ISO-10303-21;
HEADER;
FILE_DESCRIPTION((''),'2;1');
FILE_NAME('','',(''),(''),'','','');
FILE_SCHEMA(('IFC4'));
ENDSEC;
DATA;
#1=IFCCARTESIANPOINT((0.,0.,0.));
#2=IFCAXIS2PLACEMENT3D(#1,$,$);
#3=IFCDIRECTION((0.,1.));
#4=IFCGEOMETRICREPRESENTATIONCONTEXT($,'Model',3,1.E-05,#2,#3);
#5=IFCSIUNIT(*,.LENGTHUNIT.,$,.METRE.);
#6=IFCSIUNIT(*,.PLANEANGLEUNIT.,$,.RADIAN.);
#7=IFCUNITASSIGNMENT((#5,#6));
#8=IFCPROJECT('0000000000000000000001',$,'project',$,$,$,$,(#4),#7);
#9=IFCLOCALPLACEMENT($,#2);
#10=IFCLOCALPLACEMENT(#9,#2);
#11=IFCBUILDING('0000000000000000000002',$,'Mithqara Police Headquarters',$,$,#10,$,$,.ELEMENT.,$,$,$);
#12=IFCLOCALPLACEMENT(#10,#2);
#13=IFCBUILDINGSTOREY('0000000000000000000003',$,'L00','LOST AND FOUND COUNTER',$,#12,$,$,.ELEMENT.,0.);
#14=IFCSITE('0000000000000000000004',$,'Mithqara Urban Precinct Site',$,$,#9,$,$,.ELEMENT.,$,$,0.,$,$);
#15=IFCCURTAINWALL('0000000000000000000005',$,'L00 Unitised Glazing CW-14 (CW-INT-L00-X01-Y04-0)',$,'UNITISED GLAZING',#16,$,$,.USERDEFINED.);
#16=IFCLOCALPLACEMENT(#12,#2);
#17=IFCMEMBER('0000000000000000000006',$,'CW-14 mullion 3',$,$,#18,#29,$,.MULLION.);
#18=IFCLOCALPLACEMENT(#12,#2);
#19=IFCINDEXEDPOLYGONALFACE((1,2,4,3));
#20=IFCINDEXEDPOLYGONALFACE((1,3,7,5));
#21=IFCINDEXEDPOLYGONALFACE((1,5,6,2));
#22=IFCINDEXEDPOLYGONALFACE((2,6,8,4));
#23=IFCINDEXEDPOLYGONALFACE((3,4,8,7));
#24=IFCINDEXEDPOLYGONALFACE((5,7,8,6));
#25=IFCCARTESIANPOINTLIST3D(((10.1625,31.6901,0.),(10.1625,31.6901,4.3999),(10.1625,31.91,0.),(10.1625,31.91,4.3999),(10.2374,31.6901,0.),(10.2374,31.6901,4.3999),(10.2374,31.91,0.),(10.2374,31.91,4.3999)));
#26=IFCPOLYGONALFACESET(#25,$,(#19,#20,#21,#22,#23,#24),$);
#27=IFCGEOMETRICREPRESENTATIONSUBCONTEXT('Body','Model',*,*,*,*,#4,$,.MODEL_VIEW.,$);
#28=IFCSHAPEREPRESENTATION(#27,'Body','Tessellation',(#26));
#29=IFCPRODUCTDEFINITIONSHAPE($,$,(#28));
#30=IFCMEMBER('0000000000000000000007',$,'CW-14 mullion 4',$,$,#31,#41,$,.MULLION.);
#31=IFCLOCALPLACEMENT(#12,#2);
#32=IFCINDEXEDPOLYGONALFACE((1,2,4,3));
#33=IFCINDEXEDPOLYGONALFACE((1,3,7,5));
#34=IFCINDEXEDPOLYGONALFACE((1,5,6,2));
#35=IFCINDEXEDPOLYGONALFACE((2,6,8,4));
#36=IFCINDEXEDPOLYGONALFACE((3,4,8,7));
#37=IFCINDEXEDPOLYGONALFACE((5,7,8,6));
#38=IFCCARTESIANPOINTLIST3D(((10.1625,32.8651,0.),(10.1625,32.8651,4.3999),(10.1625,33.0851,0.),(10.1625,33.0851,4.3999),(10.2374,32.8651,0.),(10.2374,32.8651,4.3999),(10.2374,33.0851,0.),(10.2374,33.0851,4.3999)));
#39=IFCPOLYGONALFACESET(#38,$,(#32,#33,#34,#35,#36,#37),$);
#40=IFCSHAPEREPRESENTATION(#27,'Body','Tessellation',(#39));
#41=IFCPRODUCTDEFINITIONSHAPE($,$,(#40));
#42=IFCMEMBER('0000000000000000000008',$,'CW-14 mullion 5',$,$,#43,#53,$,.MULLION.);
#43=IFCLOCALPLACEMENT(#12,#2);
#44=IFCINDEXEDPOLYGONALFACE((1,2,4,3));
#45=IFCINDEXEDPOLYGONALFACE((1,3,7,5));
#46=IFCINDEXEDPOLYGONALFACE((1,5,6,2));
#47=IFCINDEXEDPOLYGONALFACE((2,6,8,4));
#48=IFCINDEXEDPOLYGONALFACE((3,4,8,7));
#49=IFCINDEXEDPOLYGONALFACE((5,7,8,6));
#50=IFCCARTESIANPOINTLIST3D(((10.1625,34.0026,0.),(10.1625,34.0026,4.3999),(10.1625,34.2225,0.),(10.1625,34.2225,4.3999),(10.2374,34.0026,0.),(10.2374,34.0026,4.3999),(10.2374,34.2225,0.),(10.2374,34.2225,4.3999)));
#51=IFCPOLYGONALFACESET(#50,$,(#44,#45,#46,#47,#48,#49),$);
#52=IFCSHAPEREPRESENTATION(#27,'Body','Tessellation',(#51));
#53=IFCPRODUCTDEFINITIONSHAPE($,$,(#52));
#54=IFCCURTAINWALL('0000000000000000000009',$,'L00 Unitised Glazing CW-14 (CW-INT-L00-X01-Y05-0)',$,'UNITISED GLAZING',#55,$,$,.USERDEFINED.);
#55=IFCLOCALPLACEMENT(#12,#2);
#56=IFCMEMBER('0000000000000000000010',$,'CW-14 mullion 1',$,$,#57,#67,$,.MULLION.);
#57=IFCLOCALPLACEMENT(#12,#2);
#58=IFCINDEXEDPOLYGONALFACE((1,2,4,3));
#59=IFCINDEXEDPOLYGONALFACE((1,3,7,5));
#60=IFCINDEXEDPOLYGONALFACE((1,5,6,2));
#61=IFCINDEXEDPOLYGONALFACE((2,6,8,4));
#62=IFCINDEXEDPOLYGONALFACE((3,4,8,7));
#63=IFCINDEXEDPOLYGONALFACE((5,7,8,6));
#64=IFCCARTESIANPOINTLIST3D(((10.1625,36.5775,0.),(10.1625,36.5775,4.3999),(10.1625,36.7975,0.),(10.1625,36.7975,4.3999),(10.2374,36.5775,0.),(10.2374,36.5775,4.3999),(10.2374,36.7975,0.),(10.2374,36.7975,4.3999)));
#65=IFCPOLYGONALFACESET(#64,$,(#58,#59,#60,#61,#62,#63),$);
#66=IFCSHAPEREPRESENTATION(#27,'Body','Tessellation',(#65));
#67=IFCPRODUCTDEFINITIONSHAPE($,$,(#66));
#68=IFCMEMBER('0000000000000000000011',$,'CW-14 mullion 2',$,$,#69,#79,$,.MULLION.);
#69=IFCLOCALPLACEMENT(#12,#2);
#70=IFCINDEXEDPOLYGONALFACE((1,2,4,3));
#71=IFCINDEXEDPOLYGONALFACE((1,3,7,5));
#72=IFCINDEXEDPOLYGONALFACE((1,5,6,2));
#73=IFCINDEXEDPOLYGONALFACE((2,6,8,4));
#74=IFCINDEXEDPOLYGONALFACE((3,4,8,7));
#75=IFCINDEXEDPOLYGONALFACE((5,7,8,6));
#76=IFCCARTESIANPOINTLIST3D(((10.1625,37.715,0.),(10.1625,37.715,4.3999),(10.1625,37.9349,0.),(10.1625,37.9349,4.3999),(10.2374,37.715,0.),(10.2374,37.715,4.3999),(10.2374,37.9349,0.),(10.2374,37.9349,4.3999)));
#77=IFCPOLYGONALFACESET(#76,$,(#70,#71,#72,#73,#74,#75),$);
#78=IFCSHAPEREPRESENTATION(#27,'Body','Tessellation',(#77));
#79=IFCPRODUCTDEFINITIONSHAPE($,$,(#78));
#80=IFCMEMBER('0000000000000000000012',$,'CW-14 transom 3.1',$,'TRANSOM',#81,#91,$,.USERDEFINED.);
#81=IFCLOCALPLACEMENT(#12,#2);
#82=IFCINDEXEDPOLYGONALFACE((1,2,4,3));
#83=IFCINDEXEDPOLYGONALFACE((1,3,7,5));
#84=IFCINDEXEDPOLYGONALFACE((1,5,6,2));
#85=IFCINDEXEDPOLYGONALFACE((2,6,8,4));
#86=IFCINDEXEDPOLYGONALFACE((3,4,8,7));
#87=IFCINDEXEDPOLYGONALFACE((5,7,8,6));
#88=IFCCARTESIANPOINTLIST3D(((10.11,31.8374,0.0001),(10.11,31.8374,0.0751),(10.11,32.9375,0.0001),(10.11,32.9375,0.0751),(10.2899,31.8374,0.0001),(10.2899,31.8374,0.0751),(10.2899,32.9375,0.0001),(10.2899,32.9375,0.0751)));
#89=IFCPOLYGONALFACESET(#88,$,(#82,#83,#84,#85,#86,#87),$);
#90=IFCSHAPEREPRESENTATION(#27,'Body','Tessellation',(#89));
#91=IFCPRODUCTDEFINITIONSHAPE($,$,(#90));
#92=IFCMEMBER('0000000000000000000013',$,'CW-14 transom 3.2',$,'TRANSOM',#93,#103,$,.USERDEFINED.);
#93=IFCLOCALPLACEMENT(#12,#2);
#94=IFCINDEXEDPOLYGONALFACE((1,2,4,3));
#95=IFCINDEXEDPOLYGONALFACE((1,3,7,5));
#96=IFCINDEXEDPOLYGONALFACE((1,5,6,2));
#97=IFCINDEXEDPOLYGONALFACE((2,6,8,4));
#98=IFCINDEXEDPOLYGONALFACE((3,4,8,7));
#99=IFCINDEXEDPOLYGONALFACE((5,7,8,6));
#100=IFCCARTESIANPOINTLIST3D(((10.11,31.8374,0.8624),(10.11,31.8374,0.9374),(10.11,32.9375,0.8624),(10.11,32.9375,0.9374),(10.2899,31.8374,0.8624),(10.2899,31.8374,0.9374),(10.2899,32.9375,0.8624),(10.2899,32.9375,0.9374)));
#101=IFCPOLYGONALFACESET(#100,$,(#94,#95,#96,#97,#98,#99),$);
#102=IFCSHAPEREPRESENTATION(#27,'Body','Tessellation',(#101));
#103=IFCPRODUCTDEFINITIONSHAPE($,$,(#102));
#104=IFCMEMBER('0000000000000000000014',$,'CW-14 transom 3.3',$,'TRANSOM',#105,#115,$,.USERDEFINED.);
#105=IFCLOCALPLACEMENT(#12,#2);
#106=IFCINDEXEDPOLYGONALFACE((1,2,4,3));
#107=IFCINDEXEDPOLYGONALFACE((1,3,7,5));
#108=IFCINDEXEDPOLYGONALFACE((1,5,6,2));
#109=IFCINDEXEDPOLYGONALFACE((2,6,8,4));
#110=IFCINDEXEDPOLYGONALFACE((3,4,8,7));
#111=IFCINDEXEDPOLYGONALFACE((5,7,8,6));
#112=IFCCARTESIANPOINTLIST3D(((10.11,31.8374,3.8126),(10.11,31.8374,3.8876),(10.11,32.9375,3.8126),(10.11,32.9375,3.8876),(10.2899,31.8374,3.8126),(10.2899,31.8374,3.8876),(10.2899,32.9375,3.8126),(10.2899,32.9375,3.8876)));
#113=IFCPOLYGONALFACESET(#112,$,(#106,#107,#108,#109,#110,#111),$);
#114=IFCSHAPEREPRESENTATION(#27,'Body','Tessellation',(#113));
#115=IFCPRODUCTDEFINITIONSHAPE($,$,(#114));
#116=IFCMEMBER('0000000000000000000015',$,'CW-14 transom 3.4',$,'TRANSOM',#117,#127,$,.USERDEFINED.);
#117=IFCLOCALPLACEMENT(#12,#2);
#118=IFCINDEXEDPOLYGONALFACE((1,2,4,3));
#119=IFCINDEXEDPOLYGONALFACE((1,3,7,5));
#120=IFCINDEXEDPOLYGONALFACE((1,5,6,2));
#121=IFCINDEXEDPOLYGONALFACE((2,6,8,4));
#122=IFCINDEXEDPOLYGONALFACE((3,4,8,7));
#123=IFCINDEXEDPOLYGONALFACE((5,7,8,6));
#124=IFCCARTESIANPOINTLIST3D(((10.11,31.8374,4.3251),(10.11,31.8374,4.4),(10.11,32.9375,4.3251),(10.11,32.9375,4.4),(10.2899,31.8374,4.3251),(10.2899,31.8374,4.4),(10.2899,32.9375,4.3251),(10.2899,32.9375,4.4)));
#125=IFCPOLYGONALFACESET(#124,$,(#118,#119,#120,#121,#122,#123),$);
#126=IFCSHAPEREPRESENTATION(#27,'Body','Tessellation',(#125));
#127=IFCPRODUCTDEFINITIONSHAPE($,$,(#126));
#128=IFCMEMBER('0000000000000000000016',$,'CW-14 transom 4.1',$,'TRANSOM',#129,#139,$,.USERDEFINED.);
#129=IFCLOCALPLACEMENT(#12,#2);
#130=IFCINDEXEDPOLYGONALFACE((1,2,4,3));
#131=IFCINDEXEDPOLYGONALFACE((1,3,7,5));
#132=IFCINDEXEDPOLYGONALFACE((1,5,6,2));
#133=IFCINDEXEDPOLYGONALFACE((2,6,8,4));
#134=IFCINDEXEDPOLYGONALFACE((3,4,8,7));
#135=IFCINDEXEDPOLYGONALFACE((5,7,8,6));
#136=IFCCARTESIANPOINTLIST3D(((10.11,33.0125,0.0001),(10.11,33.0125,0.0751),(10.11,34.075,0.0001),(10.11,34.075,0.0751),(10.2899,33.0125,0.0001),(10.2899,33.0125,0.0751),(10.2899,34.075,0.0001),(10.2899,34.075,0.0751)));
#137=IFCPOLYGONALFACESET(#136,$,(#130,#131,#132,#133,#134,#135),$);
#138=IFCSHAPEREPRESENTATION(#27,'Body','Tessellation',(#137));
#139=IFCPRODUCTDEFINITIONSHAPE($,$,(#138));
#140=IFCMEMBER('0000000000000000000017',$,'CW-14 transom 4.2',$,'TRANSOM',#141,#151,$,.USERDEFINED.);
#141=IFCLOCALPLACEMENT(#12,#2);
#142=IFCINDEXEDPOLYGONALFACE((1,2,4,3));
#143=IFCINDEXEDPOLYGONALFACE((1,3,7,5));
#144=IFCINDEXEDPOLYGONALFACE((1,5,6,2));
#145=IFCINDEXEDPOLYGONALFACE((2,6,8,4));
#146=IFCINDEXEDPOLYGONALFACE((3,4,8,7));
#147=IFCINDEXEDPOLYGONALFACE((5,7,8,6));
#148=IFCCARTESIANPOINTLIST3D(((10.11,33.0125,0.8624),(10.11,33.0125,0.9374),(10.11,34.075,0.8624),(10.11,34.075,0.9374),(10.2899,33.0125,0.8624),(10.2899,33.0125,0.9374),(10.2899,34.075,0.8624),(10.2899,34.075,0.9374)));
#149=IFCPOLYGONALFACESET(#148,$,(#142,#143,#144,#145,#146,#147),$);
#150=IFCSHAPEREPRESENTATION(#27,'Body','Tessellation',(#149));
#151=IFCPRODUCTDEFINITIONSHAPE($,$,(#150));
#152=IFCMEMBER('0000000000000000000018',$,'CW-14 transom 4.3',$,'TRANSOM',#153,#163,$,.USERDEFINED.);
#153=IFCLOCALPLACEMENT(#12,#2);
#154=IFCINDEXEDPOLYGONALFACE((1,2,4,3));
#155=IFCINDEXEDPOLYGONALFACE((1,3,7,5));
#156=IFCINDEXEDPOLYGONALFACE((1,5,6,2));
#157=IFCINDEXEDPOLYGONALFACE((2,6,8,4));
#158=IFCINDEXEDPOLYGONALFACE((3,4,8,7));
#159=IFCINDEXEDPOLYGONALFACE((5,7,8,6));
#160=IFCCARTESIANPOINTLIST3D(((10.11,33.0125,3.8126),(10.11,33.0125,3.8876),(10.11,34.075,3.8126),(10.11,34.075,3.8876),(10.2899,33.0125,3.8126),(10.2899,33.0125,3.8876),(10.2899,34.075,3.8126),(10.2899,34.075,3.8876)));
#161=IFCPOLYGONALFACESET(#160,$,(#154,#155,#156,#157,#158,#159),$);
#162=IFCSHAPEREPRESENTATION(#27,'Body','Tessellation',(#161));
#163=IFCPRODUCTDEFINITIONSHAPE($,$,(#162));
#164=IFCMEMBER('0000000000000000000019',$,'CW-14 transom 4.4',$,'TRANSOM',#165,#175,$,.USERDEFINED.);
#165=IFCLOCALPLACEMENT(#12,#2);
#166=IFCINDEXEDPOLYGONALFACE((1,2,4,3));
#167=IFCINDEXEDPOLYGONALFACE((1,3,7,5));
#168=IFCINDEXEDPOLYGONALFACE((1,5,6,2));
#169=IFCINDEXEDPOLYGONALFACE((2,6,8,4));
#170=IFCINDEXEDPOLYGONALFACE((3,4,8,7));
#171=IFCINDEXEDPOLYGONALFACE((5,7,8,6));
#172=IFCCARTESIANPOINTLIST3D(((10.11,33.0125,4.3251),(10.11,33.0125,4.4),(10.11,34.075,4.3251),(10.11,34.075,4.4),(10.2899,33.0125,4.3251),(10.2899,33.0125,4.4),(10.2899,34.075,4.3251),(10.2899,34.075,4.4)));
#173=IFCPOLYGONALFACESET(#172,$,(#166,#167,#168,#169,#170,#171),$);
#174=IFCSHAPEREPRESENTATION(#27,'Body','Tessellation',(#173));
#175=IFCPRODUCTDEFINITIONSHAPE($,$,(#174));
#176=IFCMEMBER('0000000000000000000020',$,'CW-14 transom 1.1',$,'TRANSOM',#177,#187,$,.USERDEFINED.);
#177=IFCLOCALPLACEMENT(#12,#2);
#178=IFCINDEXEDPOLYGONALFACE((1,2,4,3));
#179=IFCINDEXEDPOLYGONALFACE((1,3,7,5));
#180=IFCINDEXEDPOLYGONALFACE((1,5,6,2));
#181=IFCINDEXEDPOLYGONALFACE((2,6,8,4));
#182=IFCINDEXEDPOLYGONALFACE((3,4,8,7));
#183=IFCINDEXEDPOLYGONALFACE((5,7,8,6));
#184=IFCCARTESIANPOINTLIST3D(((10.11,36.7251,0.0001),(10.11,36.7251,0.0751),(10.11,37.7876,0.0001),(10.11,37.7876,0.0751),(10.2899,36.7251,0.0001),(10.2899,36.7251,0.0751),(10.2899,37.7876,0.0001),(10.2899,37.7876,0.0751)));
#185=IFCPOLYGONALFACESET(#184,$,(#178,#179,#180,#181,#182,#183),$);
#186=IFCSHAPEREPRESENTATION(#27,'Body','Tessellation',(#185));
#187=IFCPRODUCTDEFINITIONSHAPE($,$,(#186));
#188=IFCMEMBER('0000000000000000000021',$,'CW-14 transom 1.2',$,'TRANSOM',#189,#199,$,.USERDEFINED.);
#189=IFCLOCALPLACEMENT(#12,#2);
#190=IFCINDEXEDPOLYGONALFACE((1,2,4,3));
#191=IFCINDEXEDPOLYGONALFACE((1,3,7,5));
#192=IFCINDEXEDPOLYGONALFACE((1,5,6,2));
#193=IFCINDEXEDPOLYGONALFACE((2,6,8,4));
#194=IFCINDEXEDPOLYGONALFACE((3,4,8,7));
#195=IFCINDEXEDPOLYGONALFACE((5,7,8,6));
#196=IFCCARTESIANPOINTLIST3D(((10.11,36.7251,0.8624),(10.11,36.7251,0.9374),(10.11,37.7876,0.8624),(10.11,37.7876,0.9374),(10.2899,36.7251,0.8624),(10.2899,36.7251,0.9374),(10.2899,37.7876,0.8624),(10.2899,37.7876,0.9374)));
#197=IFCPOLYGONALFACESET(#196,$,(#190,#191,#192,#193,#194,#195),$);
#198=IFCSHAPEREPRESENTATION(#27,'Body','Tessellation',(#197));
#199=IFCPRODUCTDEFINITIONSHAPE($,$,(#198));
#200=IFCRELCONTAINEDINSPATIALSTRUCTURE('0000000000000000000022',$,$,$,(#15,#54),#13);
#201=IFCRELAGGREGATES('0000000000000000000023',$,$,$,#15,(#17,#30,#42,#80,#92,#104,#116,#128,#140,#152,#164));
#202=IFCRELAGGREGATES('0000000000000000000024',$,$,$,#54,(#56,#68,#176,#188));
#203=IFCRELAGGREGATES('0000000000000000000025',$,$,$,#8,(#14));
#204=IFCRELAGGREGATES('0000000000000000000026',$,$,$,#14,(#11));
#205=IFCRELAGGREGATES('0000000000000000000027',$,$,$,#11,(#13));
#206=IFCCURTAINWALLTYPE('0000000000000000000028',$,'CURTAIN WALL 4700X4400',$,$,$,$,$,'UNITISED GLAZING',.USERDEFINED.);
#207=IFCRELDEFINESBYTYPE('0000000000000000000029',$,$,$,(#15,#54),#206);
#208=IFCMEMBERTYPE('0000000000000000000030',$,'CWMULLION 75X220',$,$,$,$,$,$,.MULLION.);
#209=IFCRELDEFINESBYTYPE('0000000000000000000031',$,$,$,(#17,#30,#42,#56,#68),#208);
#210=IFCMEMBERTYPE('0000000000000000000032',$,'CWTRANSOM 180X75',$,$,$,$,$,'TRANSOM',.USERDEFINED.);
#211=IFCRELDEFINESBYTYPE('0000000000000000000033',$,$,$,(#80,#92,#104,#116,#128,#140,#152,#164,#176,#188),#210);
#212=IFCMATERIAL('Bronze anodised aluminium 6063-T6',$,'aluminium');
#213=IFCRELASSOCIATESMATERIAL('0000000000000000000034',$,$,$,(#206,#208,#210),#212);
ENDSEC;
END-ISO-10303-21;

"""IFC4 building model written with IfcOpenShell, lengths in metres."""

from ifc_helpers import new_model, si_unit, direction, frame, origin, origin_2d, place, context, subcontext, project, spatial, rectangle, extrude, material, material_profile, profile_set, type_object, element, aggregate, save


model = new_model("IFC4")

# Units and contexts
model_context = context("Model", 3, precision=1e-05, world=origin(), true_north=direction((0.0, 1.0)))
body_context = subcontext(model_context, "Body", "Model", "MODEL_VIEW")
ifc_project = project(units=[si_unit("LENGTHUNIT", "METRE"), si_unit("PLANEANGLEUNIT", "RADIAN")], contexts=[model_context])

# Site, building, storey
site_placement = place(None, origin())
site = spatial("IfcSite", under=ifc_project, at=site_placement, Name="Mithqara Urban Precinct Site", CompositionType="ELEMENT", RefElevation=0.0)
building_placement = place(site_placement, origin())
building = spatial("IfcBuilding", under=site, at=building_placement, Name="Mithqara Police Headquarters", CompositionType="ELEMENT")
storey_placement = place(building_placement, origin())
storey = spatial("IfcBuildingStorey", under=building, at=storey_placement, Name="L00", Description="LOST AND FOUND COUNTER", CompositionType="ELEMENT", Elevation=0.0)

# Curtain walls, members
ifc_material_1 = material(Name="Bronze anodised aluminium 6063-T6", Category="aluminium")
curtain_wall_type = type_object("IfcCurtainWallType", Name="CURTAIN WALL 4700X4400", ElementType="UNITISED GLAZING", PredefinedType="USERDEFINED", material=ifc_material_1)
curtain_wall_1_placement = place(storey_placement, origin())
curtain_wall_1 = element("IfcCurtainWall", 1, at=curtain_wall_1_placement, inside=storey, type_object=curtain_wall_type, Name="L00 Unitised Glazing CW-14 (CW-INT-L00-X01-Y04-0)", ObjectType="UNITISED GLAZING", PredefinedType="USERDEFINED")
ifc_material_profile_1 = material_profile(ifc_material_1, rectangle(XDim=0.075, YDim=0.22, at=origin_2d()), Name="CWM 75x220")
ifc_profile_set_1 = profile_set([ifc_material_profile_1], Name="Bronze anodised aluminium 6063-T6")
member_type_1 = type_object("IfcMemberType", Name="CWMULLION 75X220", PredefinedType="MULLION", material=ifc_profile_set_1)
member_1_placement = place(storey_placement, frame((10.2, 31.8, 0.0), z_axis=(0.0, 0.0, 1.0), x_axis=(-1.0, 0.0, 0.0)))
member_1 = element("IfcMember", 2, at=member_1_placement, type_object=member_type_1, Name="CW-14 mullion 3", PredefinedType="MULLION", context=body_context, shape_type="SweptSolid", body=[
    extrude(rectangle(XDim=0.075, YDim=0.22, at=origin_2d()), origin(), (0.0, 0.0, 1.0), 4.3999),
])
member_2_placement = place(storey_placement, frame((10.2, 32.9751, 0.0), z_axis=(0.0, 0.0, 1.0), x_axis=(-1.0, 0.0, 0.0)))
member_2 = element("IfcMember", 3, at=member_2_placement, type_object=member_type_1, Name="CW-14 mullion 4", PredefinedType="MULLION", context=body_context, shape_type="SweptSolid", body=[
    extrude(rectangle(XDim=0.075, YDim=0.22, at=origin_2d()), origin(), (0.0, 0.0, 1.0), 4.3999),
])
member_3_placement = place(storey_placement, frame((10.2, 34.1125, 0.0), z_axis=(0.0, 0.0, 1.0), x_axis=(-1.0, 0.0, 0.0)))
member_3 = element("IfcMember", 4, at=member_3_placement, type_object=member_type_1, Name="CW-14 mullion 5", PredefinedType="MULLION", context=body_context, shape_type="SweptSolid", body=[
    extrude(rectangle(XDim=0.075, YDim=0.22, at=origin_2d()), origin(), (0.0, 0.0, 1.0), 4.3999),
])
curtain_wall_2_placement = place(storey_placement, origin())
curtain_wall_2 = element("IfcCurtainWall", 5, at=curtain_wall_2_placement, inside=storey, type_object=curtain_wall_type, Name="L00 Unitised Glazing CW-14 (CW-INT-L00-X01-Y05-0)", ObjectType="UNITISED GLAZING", PredefinedType="USERDEFINED")
member_4_placement = place(storey_placement, frame((10.2, 36.6875, 0.0), z_axis=(0.0, 0.0, 1.0), x_axis=(-1.0, 0.0, 0.0)))
member_4 = element("IfcMember", 6, at=member_4_placement, type_object=member_type_1, Name="CW-14 mullion 1", PredefinedType="MULLION", context=body_context, shape_type="SweptSolid", body=[
    extrude(rectangle(XDim=0.075, YDim=0.22, at=origin_2d()), origin(), (0.0, 0.0, 1.0), 4.3999),
])
member_5_placement = place(storey_placement, frame((10.2, 37.825, 0.0), z_axis=(0.0, 0.0, 1.0), x_axis=(-1.0, 0.0, 0.0)))
member_5 = element("IfcMember", 7, at=member_5_placement, type_object=member_type_1, Name="CW-14 mullion 2", PredefinedType="MULLION", context=body_context, shape_type="SweptSolid", body=[
    extrude(rectangle(XDim=0.075, YDim=0.22, at=origin_2d()), origin(), (0.0, 0.0, 1.0), 4.3999),
])

# Members
ifc_material_profile_2 = material_profile(ifc_material_1, rectangle(XDim=0.1799, YDim=0.075, at=origin_2d()), Name="CWT 180x75")
ifc_profile_set_2 = profile_set([ifc_material_profile_2], Name="Bronze anodised aluminium 6063-T6")
member_type_2 = type_object("IfcMemberType", Name="CWTRANSOM 180X75", ElementType="TRANSOM", PredefinedType="USERDEFINED", material=ifc_profile_set_2)
member_6_placement = place(storey_placement, frame((10.2, 31.8374, 0.0376), z_axis=(0.0, 1.0, 0.0), x_axis=(-1.0, 0.0, 0.0)))
member_6 = element("IfcMember", 8, at=member_6_placement, type_object=member_type_2, Name="CW-14 transom 3.1", ObjectType="TRANSOM", PredefinedType="USERDEFINED", context=body_context, shape_type="SweptSolid", body=[
    extrude(rectangle(XDim=0.1799, YDim=0.075, at=origin_2d()), origin(), (0.0, 0.0, 1.0), 1.1001),
])
member_7_placement = place(storey_placement, frame((10.2, 31.8374, 0.8999), z_axis=(0.0, 1.0, 0.0), x_axis=(-1.0, 0.0, 0.0)))
member_7 = element("IfcMember", 9, at=member_7_placement, type_object=member_type_2, Name="CW-14 transom 3.2", ObjectType="TRANSOM", PredefinedType="USERDEFINED", context=body_context, shape_type="SweptSolid", body=[
    extrude(rectangle(XDim=0.1799, YDim=0.075, at=origin_2d()), origin(), (0.0, 0.0, 1.0), 1.1001),
])
member_8_placement = place(storey_placement, frame((10.2, 31.8374, 3.8501), z_axis=(0.0, 1.0, 0.0), x_axis=(-1.0, 0.0, 0.0)))
member_8 = element("IfcMember", 10, at=member_8_placement, type_object=member_type_2, Name="CW-14 transom 3.3", ObjectType="TRANSOM", PredefinedType="USERDEFINED", context=body_context, shape_type="SweptSolid", body=[
    extrude(rectangle(XDim=0.1799, YDim=0.075, at=origin_2d()), origin(), (0.0, 0.0, 1.0), 1.1001),
])
member_9_placement = place(storey_placement, frame((10.2, 31.8374, 4.3625), z_axis=(0.0, 1.0, 0.0), x_axis=(-1.0, 0.0, 0.0)))
member_9 = element("IfcMember", 11, at=member_9_placement, type_object=member_type_2, Name="CW-14 transom 3.4", ObjectType="TRANSOM", PredefinedType="USERDEFINED", context=body_context, shape_type="SweptSolid", body=[
    extrude(rectangle(XDim=0.1799, YDim=0.075, at=origin_2d()), origin(), (0.0, 0.0, 1.0), 1.1001),
])
member_10_placement = place(storey_placement, frame((10.2, 33.0125, 0.0376), z_axis=(0.0, 1.0, 0.0), x_axis=(-1.0, 0.0, 0.0)))
member_10 = element("IfcMember", 12, at=member_10_placement, type_object=member_type_2, Name="CW-14 transom 4.1", ObjectType="TRANSOM", PredefinedType="USERDEFINED", context=body_context, shape_type="SweptSolid", body=[
    extrude(rectangle(XDim=0.1799, YDim=0.075, at=origin_2d()), origin(), (0.0, 0.0, 1.0), 1.0625),
])
member_11_placement = place(storey_placement, frame((10.2, 33.0125, 0.8999), z_axis=(0.0, 1.0, 0.0), x_axis=(-1.0, 0.0, 0.0)))
member_11 = element("IfcMember", 13, at=member_11_placement, type_object=member_type_2, Name="CW-14 transom 4.2", ObjectType="TRANSOM", PredefinedType="USERDEFINED", context=body_context, shape_type="SweptSolid", body=[
    extrude(rectangle(XDim=0.1799, YDim=0.075, at=origin_2d()), origin(), (0.0, 0.0, 1.0), 1.0625),
])
member_12_placement = place(storey_placement, frame((10.2, 33.0125, 3.8501), z_axis=(0.0, 1.0, 0.0), x_axis=(-1.0, 0.0, 0.0)))
member_12 = element("IfcMember", 14, at=member_12_placement, type_object=member_type_2, Name="CW-14 transom 4.3", ObjectType="TRANSOM", PredefinedType="USERDEFINED", context=body_context, shape_type="SweptSolid", body=[
    extrude(rectangle(XDim=0.1799, YDim=0.075, at=origin_2d()), origin(), (0.0, 0.0, 1.0), 1.0625),
])
member_13_placement = place(storey_placement, frame((10.2, 33.0125, 4.3625), z_axis=(0.0, 1.0, 0.0), x_axis=(-1.0, 0.0, 0.0)))
member_13 = element("IfcMember", 15, at=member_13_placement, type_object=member_type_2, Name="CW-14 transom 4.4", ObjectType="TRANSOM", PredefinedType="USERDEFINED", context=body_context, shape_type="SweptSolid", body=[
    extrude(rectangle(XDim=0.1799, YDim=0.075, at=origin_2d()), origin(), (0.0, 0.0, 1.0), 1.0625),
])
member_14_placement = place(storey_placement, frame((10.2, 36.7251, 0.0376), z_axis=(0.0, 1.0, 0.0), x_axis=(-1.0, 0.0, 0.0)))
member_14 = element("IfcMember", 16, at=member_14_placement, type_object=member_type_2, Name="CW-14 transom 1.1", ObjectType="TRANSOM", PredefinedType="USERDEFINED", context=body_context, shape_type="SweptSolid", body=[
    extrude(rectangle(XDim=0.1799, YDim=0.075, at=origin_2d()), origin(), (0.0, 0.0, 1.0), 1.0625),
])
member_15_placement = place(storey_placement, frame((10.2, 36.7251, 0.8999), z_axis=(0.0, 1.0, 0.0), x_axis=(-1.0, 0.0, 0.0)))
member_15 = element("IfcMember", 17, at=member_15_placement, type_object=member_type_2, Name="CW-14 transom 1.2", ObjectType="TRANSOM", PredefinedType="USERDEFINED", context=body_context, shape_type="SweptSolid", body=[
    extrude(rectangle(XDim=0.1799, YDim=0.075, at=origin_2d()), origin(), (0.0, 0.0, 1.0), 1.0625),
])

aggregate(curtain_wall_1, [member_1, member_2, member_3, member_6, member_7, member_8, member_9, member_10, member_11, member_12, member_13])
aggregate(curtain_wall_2, [member_4, member_5, member_14, member_15])

save(model, "model.ifc")
